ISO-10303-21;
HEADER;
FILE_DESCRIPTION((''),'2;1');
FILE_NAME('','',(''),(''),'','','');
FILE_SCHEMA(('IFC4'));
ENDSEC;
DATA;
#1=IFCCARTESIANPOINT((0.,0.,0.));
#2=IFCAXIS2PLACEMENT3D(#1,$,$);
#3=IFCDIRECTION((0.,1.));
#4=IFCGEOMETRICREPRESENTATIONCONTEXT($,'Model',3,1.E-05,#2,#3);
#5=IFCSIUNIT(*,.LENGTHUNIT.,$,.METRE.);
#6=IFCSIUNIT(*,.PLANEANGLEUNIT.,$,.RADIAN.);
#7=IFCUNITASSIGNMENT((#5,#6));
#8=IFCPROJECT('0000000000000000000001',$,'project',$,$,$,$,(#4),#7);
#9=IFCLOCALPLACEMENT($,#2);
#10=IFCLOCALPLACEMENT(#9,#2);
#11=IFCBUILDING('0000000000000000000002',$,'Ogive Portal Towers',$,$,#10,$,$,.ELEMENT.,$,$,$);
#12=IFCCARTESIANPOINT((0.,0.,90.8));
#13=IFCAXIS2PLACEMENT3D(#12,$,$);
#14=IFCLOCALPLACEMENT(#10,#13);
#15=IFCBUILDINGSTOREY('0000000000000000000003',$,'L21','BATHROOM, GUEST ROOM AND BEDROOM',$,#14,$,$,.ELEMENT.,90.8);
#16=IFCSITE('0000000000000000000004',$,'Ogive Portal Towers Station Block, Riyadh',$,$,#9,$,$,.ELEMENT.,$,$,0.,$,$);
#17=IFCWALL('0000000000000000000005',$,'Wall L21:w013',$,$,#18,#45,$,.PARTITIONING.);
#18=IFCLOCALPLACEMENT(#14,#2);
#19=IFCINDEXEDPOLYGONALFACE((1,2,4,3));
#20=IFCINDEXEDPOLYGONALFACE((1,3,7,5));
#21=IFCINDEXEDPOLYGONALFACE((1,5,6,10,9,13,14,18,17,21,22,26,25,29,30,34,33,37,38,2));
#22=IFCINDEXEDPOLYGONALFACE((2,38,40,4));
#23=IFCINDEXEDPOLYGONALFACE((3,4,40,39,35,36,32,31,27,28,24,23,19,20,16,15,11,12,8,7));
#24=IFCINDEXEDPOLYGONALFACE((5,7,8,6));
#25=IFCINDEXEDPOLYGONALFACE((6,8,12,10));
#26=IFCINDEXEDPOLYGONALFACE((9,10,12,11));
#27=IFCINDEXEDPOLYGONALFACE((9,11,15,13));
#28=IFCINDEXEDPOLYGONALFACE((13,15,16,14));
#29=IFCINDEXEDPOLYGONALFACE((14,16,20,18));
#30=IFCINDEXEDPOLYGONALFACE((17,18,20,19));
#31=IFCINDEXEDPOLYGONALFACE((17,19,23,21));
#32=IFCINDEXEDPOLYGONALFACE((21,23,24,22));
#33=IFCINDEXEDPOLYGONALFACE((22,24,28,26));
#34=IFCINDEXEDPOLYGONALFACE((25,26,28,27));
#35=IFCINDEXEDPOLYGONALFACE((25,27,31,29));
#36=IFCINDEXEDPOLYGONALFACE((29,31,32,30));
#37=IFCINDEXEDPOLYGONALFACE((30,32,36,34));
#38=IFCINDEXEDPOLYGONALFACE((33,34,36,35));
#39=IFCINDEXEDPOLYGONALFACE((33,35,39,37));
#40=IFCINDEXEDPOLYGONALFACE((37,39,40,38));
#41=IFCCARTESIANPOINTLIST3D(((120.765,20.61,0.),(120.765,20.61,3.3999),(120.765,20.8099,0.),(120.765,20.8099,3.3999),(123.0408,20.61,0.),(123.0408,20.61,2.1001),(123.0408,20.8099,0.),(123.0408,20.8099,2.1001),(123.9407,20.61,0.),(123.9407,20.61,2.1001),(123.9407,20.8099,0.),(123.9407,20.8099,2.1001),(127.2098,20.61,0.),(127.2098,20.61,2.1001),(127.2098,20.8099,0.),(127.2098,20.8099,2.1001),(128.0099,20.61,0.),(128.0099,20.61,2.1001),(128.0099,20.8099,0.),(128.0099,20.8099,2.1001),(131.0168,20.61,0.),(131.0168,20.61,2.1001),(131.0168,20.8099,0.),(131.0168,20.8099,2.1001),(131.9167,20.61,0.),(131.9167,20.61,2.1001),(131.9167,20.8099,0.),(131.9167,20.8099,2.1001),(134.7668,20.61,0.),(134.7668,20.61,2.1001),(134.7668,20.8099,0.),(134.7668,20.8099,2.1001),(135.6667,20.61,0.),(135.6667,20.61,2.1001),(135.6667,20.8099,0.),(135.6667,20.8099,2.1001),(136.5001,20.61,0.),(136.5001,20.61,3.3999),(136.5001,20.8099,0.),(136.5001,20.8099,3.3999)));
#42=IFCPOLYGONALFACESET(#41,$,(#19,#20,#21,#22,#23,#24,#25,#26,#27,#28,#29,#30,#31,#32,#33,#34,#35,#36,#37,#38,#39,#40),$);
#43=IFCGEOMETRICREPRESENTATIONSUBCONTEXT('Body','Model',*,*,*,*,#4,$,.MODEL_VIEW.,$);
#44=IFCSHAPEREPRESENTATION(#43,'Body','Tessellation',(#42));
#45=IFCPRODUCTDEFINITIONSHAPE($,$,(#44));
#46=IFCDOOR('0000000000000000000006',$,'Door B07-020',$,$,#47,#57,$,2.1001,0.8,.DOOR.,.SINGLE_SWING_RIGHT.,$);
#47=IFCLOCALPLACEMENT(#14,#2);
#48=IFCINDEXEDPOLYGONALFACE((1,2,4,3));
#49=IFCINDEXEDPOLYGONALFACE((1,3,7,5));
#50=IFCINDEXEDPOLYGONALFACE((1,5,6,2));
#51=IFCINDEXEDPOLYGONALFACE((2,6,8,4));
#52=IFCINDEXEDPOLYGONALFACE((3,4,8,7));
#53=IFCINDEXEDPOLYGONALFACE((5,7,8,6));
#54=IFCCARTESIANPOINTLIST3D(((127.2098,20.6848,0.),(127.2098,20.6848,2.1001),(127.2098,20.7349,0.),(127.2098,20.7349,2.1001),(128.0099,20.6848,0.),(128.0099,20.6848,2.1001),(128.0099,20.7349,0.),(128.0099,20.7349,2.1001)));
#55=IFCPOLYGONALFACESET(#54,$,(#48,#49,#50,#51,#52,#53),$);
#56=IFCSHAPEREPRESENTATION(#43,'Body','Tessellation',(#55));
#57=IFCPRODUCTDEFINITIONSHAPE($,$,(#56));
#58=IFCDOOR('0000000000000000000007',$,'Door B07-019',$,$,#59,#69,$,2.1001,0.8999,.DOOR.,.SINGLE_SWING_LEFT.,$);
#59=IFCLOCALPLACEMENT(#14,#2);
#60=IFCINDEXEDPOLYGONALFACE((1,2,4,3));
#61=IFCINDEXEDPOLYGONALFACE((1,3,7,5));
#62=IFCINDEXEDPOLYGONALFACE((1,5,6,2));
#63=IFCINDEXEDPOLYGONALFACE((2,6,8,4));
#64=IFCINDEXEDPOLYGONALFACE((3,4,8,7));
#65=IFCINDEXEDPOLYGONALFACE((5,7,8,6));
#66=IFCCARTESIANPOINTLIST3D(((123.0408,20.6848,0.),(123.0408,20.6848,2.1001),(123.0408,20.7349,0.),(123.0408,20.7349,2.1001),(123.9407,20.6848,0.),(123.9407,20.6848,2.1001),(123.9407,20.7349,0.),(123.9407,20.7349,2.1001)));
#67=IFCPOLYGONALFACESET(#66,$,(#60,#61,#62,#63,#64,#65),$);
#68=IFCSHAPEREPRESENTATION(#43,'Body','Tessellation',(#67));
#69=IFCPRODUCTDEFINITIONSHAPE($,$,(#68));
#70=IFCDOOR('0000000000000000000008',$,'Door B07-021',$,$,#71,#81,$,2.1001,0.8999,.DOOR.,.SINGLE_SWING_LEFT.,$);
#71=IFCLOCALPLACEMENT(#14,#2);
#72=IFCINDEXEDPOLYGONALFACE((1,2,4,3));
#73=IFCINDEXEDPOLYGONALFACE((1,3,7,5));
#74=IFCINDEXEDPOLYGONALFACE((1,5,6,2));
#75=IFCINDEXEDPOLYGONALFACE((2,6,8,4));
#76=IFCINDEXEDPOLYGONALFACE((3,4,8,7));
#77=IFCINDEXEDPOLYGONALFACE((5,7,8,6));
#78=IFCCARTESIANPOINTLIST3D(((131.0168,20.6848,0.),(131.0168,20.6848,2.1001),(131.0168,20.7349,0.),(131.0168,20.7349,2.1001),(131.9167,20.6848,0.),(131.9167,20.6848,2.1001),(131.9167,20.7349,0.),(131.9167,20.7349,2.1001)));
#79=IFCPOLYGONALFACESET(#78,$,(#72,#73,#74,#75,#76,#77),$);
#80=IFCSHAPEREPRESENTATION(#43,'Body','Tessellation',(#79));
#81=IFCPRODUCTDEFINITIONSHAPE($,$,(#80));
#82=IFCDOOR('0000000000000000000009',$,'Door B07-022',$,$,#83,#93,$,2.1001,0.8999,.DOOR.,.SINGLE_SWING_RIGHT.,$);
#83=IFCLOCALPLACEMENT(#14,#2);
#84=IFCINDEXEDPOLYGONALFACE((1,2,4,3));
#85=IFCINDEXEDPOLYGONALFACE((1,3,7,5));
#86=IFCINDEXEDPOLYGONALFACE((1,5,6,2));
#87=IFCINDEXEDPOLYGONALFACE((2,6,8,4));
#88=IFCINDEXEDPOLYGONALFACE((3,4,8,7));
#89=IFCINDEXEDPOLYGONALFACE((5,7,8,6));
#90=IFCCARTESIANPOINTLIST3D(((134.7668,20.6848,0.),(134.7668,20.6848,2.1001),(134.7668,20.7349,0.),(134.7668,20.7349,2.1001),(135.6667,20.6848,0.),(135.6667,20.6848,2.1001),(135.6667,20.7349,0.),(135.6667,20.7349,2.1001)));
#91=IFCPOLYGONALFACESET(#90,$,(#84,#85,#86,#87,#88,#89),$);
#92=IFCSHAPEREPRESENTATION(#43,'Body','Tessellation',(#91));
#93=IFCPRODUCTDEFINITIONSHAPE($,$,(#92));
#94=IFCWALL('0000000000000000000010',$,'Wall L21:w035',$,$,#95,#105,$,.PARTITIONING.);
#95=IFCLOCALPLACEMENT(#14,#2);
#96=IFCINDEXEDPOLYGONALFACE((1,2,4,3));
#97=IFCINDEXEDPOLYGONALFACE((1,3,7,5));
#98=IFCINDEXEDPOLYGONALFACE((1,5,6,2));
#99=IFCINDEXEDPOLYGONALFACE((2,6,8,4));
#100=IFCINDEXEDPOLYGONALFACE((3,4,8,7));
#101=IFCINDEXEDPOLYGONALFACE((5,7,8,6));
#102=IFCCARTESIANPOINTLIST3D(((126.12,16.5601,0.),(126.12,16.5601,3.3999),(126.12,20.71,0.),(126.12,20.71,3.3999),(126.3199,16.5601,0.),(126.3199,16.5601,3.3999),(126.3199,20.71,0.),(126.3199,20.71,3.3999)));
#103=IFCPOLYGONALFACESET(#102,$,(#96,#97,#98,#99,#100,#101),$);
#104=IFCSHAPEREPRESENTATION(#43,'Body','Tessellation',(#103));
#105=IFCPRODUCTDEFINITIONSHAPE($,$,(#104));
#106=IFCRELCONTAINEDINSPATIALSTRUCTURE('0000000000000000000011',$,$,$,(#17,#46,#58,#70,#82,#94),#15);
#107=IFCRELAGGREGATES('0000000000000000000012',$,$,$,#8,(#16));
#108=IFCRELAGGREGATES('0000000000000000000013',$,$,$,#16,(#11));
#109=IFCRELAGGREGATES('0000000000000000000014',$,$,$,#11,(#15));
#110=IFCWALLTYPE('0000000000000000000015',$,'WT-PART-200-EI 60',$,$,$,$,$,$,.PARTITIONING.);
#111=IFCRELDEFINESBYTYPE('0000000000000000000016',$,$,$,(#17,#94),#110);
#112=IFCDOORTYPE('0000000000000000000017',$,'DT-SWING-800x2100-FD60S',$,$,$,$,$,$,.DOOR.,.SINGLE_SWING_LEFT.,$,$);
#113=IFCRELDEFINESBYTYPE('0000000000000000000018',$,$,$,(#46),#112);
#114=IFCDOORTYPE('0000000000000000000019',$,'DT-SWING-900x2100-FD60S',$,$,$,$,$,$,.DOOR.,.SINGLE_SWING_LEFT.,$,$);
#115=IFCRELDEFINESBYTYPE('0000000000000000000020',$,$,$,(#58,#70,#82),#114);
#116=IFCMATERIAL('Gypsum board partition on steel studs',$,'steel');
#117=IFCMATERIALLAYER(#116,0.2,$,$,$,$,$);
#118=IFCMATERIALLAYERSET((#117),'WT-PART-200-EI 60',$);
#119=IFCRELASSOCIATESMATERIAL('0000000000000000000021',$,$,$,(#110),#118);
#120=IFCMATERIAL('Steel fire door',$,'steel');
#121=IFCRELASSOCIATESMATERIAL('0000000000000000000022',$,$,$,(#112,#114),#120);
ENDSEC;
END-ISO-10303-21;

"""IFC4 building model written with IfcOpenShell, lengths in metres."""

from ifc_helpers import new_model, si_unit, direction, frame, frame_2d, origin, place, context, subcontext, project, spatial, rectangle, extrude, material, layer, layer_set, type_object, element, fill, save


model = new_model("IFC4")

# Units and contexts
model_context = context("Model", 3, precision=1e-05, world=origin(), true_north=direction((0.0, 1.0)))
body_context = subcontext(model_context, "Body", "Model", "MODEL_VIEW")
ifc_project = project(units=[si_unit("LENGTHUNIT", "METRE"), si_unit("PLANEANGLEUNIT", "RADIAN")], contexts=[model_context])

# Site, building, storey
site_placement = place(None, origin())
site = spatial("IfcSite", under=ifc_project, at=site_placement, Name="Ogive Portal Towers Station Block, Riyadh", CompositionType="ELEMENT", RefElevation=0.0)
building_placement = place(site_placement, origin())
building = spatial("IfcBuilding", under=site, at=building_placement, Name="Ogive Portal Towers", CompositionType="ELEMENT")
storey_placement = place(building_placement, frame((0.0, 0.0, 90.8)))
storey = spatial("IfcBuildingStorey", under=building, at=storey_placement, Name="L21", Description="BATHROOM, GUEST ROOM AND BEDROOM", CompositionType="ELEMENT", Elevation=90.8)

# Wall, openings, doors
ifc_material_1 = material(Name="Gypsum board partition on steel studs", Category="steel")
ifc_layer_1 = layer(ifc_material_1, 0.2)
ifc_layer_set_1 = layer_set([ifc_layer_1], Name="WT-PART-200-EI 60")
wall_type = type_object("IfcWallType", Name="WT-PART-200-EI 60", PredefinedType="PARTITIONING", material=ifc_layer_set_1)
wall_1_placement = place(storey_placement, frame((120.7649, 20.71, 0.0), z_axis=(0.0, 0.0, 1.0), x_axis=(1.0, 0.0, 0.0)))
wall_1 = element("IfcWall", 1, at=wall_1_placement, inside=storey, type_object=wall_type, Name="Wall L21:w013", PredefinedType="PARTITIONING", context=body_context, shape_type="SweptSolid", body=[
    extrude(rectangle(XDim=15.7351, YDim=0.2, at=frame_2d((7.8677, 0.0))), origin(), (0.0, 0.0, 1.0), 3.3999),
])
opening_1_placement = place(wall_1_placement, frame((2.2759, 0.0, 0.0)))
opening_1 = element("IfcOpeningElement", 2, at=opening_1_placement, cuts=wall_1, PredefinedType="OPENING", context=body_context, shape_type="SweptSolid", body=[
    extrude(rectangle(XDim=0.8999, YDim=2.1001, at=frame_2d((0.45, 1.05))), frame((0.0, 0.1099, 0.0), z_axis=(0.0, -1.0, 0.0), x_axis=(1.0, 0.0, 0.0)), (0.0, 0.0, 1.0), 0.22),
])
opening_2_placement = place(wall_1_placement, frame((6.4451, 0.0, 0.0)))
opening_2 = element("IfcOpeningElement", 3, at=opening_2_placement, cuts=wall_1, PredefinedType="OPENING", context=body_context, shape_type="SweptSolid", body=[
    extrude(rectangle(XDim=0.8, YDim=2.1001, at=frame_2d((0.3999, 1.05))), frame((0.0, 0.1099, 0.0), z_axis=(0.0, -1.0, 0.0), x_axis=(1.0, 0.0, 0.0)), (0.0, 0.0, 1.0), 0.22),
])
opening_3_placement = place(wall_1_placement, frame((10.252, 0.0, 0.0)))
opening_3 = element("IfcOpeningElement", 4, at=opening_3_placement, cuts=wall_1, PredefinedType="OPENING", context=body_context, shape_type="SweptSolid", body=[
    extrude(rectangle(XDim=0.8999, YDim=2.1001, at=frame_2d((0.45, 1.05))), frame((0.0, 0.1099, 0.0), z_axis=(0.0, -1.0, 0.0), x_axis=(1.0, 0.0, 0.0)), (0.0, 0.0, 1.0), 0.22),
])
opening_4_placement = place(wall_1_placement, frame((14.002, 0.0, 0.0)))
opening_4 = element("IfcOpeningElement", 5, at=opening_4_placement, cuts=wall_1, PredefinedType="OPENING", context=body_context, shape_type="SweptSolid", body=[
    extrude(rectangle(XDim=0.8999, YDim=2.1001, at=frame_2d((0.45, 1.05))), frame((0.0, 0.1099, 0.0), z_axis=(0.0, -1.0, 0.0), x_axis=(1.0, 0.0, 0.0)), (0.0, 0.0, 1.0), 0.22),
])
ifc_material_2 = material(Name="Steel fire door", Category="steel")
door_type_1 = type_object("IfcDoorType", Name="DT-SWING-800x2100-FD60S", OperationType="SINGLE_SWING_LEFT", PredefinedType="DOOR", material=ifc_material_2)
door_1_placement = place(opening_2_placement, origin())
door_1 = element("IfcDoor", 6, at=door_1_placement, inside=storey, type_object=door_type_1, Name="Door B07-020", OperationType="SINGLE_SWING_RIGHT", OverallHeight=2.1001, OverallWidth=0.8, PredefinedType="DOOR", context=body_context, shape_type="SweptSolid", body=[
    extrude(rectangle(XDim=0.8, YDim=2.1001, at=frame_2d((0.3999, 1.05))), frame((0.0, 0.0249, 0.0), z_axis=(0.0, -1.0, 0.0), x_axis=(1.0, 0.0, 0.0)), (0.0, 0.0, 1.0), 0.05),
])
fill(opening_2, door_1)
door_type_2 = type_object("IfcDoorType", Name="DT-SWING-900x2100-FD60S", OperationType="SINGLE_SWING_LEFT", PredefinedType="DOOR", material=ifc_material_2)
door_2_placement = place(opening_1_placement, origin())
door_2 = element("IfcDoor", 7, at=door_2_placement, inside=storey, type_object=door_type_2, Name="Door B07-019", OperationType="SINGLE_SWING_LEFT", OverallHeight=2.1001, OverallWidth=0.8999, PredefinedType="DOOR", context=body_context, shape_type="SweptSolid", body=[
    extrude(rectangle(XDim=0.8999, YDim=2.1001, at=frame_2d((0.45, 1.05))), frame((0.0, 0.0249, 0.0), z_axis=(0.0, -1.0, 0.0), x_axis=(1.0, 0.0, 0.0)), (0.0, 0.0, 1.0), 0.05),
])
fill(opening_1, door_2)
door_3_placement = place(opening_3_placement, origin())
door_3 = element("IfcDoor", 8, at=door_3_placement, inside=storey, type_object=door_type_2, Name="Door B07-021", OperationType="SINGLE_SWING_LEFT", OverallHeight=2.1001, OverallWidth=0.8999, PredefinedType="DOOR", context=body_context, shape_type="SweptSolid", body=[
    extrude(rectangle(XDim=0.8999, YDim=2.1001, at=frame_2d((0.45, 1.05))), frame((0.0, 0.0249, 0.0), z_axis=(0.0, -1.0, 0.0), x_axis=(1.0, 0.0, 0.0)), (0.0, 0.0, 1.0), 0.05),
])
fill(opening_3, door_3)
door_4_placement = place(opening_4_placement, origin())
door_4 = element("IfcDoor", 9, at=door_4_placement, inside=storey, type_object=door_type_2, Name="Door B07-022", OperationType="SINGLE_SWING_RIGHT", OverallHeight=2.1001, OverallWidth=0.8999, PredefinedType="DOOR", context=body_context, shape_type="SweptSolid", body=[
    extrude(rectangle(XDim=0.8999, YDim=2.1001, at=frame_2d((0.45, 1.05))), frame((0.0, 0.0249, 0.0), z_axis=(0.0, -1.0, 0.0), x_axis=(1.0, 0.0, 0.0)), (0.0, 0.0, 1.0), 0.05),
])
fill(opening_4, door_4)

# Wall
wall_2_placement = place(storey_placement, frame((126.22, 16.5601, 0.0), z_axis=(0.0, 0.0, 1.0), x_axis=(0.0, 1.0, 0.0)))
element("IfcWall", 10, at=wall_2_placement, inside=storey, type_object=wall_type, Name="Wall L21:w035", PredefinedType="PARTITIONING", context=body_context, shape_type="SweptSolid", body=[
    extrude(rectangle(XDim=4.1499, YDim=0.2, at=frame_2d((2.075, 0.0))), origin(), (0.0, 0.0, 1.0), 3.3999),
])

save(model, "model.ifc")
